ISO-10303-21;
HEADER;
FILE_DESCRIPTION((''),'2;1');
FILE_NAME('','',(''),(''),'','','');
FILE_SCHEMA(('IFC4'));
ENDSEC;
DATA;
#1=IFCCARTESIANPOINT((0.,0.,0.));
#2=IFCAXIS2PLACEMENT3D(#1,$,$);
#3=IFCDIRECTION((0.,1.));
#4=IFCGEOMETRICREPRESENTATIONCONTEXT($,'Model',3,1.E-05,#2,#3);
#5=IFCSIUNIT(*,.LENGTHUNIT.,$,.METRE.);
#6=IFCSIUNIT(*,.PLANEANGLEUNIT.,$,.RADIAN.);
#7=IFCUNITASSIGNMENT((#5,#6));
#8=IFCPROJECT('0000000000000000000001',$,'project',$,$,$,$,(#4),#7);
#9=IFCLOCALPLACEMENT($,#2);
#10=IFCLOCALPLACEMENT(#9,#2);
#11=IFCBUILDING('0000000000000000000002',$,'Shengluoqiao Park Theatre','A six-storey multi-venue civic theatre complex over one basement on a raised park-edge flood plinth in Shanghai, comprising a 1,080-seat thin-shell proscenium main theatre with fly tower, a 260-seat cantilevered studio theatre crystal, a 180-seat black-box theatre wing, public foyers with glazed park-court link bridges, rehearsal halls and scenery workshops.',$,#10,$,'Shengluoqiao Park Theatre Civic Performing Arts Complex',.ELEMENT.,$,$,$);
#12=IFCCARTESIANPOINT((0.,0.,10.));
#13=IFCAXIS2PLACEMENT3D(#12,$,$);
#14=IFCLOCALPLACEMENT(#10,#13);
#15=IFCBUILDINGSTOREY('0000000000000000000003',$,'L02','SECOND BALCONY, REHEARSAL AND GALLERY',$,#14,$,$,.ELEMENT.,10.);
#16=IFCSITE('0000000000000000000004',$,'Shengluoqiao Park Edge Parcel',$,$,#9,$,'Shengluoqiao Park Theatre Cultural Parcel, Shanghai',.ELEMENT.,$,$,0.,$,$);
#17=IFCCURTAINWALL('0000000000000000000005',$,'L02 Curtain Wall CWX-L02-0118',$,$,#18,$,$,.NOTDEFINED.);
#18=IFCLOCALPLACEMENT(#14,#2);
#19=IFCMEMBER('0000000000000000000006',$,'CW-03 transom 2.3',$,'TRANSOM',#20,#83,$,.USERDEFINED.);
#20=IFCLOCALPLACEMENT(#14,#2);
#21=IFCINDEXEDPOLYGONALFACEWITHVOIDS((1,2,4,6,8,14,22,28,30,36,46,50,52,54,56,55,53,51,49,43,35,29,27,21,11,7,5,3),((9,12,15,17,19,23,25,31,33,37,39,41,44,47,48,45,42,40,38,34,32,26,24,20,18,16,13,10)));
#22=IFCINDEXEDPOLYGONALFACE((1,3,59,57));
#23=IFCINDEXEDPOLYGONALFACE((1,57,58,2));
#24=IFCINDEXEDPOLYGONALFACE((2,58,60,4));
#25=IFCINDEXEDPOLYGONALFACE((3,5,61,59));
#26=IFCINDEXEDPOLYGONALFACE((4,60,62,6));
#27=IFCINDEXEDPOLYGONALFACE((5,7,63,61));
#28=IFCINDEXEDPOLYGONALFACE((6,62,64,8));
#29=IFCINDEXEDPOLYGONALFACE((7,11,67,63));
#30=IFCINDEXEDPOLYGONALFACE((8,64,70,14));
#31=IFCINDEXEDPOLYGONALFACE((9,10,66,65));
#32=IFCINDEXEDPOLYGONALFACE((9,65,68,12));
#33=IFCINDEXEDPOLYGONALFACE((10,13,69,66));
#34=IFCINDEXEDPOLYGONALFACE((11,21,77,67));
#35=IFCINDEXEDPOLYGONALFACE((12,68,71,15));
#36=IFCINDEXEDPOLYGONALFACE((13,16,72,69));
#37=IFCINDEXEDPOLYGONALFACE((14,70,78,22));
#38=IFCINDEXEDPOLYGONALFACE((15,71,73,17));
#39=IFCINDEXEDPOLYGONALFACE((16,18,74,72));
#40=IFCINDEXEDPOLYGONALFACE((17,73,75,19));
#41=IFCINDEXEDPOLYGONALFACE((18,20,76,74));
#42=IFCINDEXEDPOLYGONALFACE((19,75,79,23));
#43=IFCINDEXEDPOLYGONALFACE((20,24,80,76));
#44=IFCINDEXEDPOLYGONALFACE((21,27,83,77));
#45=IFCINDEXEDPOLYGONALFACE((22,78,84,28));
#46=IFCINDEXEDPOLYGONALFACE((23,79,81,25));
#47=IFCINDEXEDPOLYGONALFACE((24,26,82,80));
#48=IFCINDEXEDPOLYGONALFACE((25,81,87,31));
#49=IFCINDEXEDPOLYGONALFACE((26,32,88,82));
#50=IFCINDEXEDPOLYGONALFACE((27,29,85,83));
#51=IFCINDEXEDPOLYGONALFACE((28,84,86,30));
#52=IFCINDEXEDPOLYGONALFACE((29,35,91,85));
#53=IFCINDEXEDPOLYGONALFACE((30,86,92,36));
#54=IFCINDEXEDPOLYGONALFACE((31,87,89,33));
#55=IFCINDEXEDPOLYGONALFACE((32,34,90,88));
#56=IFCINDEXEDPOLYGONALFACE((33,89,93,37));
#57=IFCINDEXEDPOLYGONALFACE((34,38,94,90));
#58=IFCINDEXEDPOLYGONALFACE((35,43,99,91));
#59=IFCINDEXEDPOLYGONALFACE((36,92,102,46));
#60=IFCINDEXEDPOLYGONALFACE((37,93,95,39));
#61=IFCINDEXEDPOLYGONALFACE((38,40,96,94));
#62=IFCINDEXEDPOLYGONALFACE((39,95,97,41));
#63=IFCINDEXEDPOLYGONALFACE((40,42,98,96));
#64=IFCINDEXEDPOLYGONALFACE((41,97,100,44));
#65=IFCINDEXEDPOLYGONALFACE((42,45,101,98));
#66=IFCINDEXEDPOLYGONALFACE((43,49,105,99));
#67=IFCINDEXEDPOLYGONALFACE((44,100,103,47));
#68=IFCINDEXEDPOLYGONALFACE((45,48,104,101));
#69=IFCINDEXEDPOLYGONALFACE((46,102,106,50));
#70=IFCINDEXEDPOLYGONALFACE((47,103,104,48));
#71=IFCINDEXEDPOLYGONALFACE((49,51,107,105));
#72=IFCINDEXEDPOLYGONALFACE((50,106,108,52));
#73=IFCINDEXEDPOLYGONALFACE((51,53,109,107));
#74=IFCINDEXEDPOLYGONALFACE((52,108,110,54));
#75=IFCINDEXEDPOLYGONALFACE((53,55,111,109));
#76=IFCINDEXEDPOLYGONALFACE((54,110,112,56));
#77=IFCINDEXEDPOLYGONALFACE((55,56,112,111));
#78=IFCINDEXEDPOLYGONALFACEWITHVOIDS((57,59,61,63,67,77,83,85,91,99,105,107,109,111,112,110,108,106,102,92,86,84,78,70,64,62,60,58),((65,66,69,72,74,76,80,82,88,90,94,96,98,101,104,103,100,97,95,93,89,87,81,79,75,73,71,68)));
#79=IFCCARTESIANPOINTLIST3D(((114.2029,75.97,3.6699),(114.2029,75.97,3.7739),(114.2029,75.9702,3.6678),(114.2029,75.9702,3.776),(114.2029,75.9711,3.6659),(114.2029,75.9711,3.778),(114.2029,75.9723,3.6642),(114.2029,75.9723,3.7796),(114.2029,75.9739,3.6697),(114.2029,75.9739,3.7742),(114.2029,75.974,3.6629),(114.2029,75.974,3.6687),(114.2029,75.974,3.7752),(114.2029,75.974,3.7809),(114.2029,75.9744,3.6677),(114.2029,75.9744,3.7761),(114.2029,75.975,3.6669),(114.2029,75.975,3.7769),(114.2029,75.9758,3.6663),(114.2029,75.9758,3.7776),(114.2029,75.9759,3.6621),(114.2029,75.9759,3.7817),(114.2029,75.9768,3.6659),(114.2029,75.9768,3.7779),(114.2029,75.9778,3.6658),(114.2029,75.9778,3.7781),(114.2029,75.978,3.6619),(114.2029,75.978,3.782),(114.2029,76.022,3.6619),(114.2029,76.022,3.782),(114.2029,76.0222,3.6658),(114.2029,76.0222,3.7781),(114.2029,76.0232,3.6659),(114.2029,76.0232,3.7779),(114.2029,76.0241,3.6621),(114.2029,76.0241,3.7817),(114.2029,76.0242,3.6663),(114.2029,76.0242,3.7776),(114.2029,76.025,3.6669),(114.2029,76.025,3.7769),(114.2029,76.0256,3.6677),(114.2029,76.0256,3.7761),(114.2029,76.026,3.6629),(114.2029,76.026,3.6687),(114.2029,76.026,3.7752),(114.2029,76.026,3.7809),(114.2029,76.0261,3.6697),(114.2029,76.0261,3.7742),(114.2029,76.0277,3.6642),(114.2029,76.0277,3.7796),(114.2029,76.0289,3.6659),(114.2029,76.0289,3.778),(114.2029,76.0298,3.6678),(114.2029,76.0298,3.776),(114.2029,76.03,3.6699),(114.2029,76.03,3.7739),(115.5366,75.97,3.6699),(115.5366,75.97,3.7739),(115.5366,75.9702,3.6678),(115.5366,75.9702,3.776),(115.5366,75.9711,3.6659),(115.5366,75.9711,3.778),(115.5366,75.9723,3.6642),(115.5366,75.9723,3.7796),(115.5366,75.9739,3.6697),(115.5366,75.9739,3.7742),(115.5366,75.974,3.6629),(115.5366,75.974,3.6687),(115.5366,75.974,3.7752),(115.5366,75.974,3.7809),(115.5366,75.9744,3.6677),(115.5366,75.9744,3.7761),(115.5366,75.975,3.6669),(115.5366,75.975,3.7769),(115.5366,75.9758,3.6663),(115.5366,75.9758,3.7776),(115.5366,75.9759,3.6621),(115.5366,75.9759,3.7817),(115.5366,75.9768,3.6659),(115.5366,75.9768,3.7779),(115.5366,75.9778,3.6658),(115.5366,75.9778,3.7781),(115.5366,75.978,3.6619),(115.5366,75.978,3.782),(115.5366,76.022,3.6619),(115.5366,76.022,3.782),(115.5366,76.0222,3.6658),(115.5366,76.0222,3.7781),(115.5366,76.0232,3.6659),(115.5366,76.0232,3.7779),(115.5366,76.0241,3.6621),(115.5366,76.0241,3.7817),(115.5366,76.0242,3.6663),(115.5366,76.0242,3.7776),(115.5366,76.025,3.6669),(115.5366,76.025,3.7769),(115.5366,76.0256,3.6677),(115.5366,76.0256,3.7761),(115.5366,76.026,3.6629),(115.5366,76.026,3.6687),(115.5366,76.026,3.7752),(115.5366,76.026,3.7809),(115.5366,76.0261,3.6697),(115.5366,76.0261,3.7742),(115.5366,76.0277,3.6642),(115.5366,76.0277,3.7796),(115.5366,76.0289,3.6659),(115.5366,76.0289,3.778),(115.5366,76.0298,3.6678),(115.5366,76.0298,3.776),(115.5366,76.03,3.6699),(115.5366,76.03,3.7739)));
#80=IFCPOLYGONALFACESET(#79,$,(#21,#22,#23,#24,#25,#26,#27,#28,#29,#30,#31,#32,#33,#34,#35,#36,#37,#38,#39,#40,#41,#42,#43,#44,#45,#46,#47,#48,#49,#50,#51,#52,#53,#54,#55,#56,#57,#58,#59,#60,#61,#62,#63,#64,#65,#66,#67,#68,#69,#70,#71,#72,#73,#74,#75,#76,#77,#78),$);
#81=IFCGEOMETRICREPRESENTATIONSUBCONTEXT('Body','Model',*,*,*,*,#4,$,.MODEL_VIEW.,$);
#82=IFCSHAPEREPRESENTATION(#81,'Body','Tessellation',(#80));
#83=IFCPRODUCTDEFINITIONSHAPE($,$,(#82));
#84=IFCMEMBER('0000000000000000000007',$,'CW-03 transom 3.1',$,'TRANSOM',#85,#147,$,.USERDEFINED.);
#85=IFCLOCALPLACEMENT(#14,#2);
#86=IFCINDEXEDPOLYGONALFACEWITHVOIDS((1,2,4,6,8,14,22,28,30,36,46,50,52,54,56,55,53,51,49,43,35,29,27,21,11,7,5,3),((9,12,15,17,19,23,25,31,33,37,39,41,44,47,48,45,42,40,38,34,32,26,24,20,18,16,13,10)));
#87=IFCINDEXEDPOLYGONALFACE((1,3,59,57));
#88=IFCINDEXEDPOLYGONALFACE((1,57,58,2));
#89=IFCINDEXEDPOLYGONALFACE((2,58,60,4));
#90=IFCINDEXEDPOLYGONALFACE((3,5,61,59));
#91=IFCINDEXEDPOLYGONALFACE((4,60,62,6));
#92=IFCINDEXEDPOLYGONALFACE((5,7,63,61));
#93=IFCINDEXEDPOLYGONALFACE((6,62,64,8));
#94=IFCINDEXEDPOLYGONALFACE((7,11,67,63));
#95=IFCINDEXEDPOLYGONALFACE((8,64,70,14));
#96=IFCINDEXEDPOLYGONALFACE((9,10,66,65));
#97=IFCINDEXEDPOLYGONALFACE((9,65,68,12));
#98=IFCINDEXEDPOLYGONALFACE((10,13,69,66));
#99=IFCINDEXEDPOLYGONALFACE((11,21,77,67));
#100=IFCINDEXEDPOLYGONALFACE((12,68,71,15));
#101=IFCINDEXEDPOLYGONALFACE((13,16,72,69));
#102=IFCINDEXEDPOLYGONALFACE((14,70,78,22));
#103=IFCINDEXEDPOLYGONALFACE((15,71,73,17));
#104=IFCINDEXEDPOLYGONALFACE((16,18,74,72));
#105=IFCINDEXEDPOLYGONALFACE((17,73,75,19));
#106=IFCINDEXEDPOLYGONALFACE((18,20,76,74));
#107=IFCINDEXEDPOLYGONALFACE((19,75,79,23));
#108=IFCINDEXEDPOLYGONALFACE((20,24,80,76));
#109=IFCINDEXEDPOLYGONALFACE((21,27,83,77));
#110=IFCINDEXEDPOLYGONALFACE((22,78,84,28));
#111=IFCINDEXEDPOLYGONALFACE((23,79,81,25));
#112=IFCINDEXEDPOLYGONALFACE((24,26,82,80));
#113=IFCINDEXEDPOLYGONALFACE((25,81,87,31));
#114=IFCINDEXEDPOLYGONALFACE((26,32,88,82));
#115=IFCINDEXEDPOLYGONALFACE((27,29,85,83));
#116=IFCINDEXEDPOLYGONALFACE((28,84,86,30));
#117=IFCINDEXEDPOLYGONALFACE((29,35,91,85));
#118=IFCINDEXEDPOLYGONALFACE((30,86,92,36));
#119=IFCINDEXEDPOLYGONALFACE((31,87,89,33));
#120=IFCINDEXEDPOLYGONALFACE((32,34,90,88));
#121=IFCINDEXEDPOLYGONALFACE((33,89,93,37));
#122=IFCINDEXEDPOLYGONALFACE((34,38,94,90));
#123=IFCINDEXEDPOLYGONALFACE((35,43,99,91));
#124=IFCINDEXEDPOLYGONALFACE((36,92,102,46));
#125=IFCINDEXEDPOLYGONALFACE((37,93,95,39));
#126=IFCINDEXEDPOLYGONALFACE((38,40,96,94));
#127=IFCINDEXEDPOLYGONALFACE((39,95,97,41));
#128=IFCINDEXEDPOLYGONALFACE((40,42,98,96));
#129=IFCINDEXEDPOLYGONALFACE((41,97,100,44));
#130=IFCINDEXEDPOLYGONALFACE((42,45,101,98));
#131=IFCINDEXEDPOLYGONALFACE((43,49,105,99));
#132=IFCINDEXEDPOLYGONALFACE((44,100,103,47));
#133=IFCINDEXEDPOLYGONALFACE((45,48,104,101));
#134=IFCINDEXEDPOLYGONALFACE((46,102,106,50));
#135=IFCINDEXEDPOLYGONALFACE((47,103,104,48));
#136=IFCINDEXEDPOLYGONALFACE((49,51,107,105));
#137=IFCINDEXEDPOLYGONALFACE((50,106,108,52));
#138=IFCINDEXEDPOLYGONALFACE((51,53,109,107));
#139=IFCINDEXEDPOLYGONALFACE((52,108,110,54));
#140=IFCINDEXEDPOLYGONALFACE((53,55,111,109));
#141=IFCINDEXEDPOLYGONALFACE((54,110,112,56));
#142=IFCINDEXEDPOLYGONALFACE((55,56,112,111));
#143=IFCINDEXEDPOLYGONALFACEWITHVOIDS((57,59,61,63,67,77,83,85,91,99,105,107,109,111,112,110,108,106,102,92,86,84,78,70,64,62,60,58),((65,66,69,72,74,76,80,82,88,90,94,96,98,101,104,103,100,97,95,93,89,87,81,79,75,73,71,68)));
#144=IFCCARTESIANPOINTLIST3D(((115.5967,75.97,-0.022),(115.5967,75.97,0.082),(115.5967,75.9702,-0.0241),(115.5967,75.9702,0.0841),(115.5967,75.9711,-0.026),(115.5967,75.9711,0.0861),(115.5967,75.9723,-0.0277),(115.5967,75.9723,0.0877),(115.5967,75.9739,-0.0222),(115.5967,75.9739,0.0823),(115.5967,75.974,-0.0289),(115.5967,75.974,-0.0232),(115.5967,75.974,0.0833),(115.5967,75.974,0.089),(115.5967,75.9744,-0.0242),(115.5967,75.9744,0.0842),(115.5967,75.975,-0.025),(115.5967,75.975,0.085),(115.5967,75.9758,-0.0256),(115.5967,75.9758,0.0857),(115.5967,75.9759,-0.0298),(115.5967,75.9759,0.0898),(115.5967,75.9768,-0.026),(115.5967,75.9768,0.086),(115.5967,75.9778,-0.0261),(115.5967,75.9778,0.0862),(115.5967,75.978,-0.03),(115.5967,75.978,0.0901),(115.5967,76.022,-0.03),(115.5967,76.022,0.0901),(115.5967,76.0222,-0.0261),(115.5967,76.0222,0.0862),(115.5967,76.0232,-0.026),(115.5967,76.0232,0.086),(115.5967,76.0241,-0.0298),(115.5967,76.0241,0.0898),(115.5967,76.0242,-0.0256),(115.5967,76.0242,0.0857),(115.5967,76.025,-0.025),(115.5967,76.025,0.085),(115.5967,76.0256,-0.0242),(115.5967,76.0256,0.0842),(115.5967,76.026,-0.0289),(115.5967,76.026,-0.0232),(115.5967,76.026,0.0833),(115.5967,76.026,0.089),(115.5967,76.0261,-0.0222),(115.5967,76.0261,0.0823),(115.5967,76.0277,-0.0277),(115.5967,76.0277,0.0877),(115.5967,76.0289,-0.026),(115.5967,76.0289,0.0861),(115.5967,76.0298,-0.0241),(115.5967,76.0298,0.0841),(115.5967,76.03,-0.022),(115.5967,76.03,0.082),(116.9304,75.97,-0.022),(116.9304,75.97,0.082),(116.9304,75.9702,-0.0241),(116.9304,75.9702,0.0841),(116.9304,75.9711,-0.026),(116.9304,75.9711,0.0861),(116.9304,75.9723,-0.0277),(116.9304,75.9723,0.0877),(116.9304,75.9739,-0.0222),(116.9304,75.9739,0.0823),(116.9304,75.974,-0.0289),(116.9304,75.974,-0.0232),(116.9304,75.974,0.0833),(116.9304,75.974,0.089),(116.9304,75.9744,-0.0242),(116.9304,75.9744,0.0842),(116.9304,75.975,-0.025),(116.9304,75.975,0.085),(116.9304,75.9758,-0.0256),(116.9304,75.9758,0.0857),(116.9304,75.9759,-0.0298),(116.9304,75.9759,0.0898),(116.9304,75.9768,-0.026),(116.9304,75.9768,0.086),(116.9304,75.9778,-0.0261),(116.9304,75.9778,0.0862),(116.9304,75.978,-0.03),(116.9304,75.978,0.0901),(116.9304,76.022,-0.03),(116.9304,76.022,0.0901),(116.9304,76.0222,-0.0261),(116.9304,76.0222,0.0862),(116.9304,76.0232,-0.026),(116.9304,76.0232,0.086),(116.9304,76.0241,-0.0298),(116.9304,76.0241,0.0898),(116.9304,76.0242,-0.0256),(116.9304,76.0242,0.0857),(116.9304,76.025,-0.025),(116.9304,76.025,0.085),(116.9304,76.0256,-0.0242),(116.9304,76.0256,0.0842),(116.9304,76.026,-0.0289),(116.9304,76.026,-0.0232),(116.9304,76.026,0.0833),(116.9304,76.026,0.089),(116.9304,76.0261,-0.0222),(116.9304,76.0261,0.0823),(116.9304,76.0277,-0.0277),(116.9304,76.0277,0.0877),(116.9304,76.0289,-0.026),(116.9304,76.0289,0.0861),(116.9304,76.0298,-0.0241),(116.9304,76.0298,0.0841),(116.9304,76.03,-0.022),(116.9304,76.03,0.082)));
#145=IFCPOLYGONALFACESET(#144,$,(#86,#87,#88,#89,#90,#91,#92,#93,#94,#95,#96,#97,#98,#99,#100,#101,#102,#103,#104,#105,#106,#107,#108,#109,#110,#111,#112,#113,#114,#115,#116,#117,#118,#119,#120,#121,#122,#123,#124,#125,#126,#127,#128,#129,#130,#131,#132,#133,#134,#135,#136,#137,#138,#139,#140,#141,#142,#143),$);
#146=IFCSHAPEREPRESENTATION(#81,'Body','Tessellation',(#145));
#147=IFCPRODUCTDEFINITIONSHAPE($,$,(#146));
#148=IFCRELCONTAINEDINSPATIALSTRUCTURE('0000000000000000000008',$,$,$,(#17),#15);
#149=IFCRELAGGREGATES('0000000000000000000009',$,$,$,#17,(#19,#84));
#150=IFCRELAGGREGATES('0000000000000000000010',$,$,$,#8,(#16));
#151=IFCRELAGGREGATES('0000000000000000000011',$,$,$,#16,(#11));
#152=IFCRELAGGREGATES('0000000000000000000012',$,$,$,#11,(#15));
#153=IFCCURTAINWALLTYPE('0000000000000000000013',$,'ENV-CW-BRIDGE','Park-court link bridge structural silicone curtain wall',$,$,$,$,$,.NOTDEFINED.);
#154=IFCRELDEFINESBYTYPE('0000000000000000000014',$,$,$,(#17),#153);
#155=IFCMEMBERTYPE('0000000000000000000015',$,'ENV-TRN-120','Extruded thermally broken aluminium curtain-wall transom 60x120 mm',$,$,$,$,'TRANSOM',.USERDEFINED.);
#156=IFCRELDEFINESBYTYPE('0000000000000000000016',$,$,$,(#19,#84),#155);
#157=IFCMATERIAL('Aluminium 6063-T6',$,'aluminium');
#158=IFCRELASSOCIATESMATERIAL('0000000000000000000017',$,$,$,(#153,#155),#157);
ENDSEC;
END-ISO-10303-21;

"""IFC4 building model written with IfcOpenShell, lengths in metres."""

from ifc_helpers import new_model, si_unit, direction, frame, origin, origin_2d, place, context, subcontext, project, spatial, hollow_rectangle, extrude, material, material_profile, profile_set, type_object, element, aggregate, save


model = new_model("IFC4")

# Units and contexts
model_context = context("Model", 3, precision=1e-05, world=origin(), true_north=direction((0.0, 1.0)))
body_context = subcontext(model_context, "Body", "Model", "MODEL_VIEW")
ifc_project = project(units=[si_unit("LENGTHUNIT", "METRE"), si_unit("PLANEANGLEUNIT", "RADIAN")], contexts=[model_context])

# Site, building, storey
site_placement = place(None, origin())
site = spatial("IfcSite", under=ifc_project, at=site_placement, Name="Shengluoqiao Park Edge Parcel", LongName="Shengluoqiao Park Theatre Cultural Parcel, Shanghai", CompositionType="ELEMENT", RefElevation=0.0)
building_placement = place(site_placement, origin())
building = spatial("IfcBuilding", under=site, at=building_placement, Name="Shengluoqiao Park Theatre", Description="A six-storey multi-venue civic theatre complex over one basement on a raised park-edge flood plinth in Shanghai, comprising a 1,080-seat thin-shell proscenium main theatre with fly tower, a 260-seat cantilevered studio theatre crystal, a 180-seat black-box theatre wing, public foyers with glazed park-court link bridges, rehearsal halls and scenery workshops.", LongName="Shengluoqiao Park Theatre Civic Performing Arts Complex", CompositionType="ELEMENT")
storey_placement = place(building_placement, frame((0.0, 0.0, 10.0)))
storey = spatial("IfcBuildingStorey", under=building, at=storey_placement, Name="L02", Description="SECOND BALCONY, REHEARSAL AND GALLERY", CompositionType="ELEMENT", Elevation=10.0)

# Curtain wall, members
ifc_material_1 = material(Name="Aluminium 6063-T6", Category="aluminium")
curtain_wall_type = type_object("IfcCurtainWallType", Name="ENV-CW-BRIDGE", Description="Park-court link bridge structural silicone curtain wall", PredefinedType="NOTDEFINED", material=ifc_material_1)
curtain_wall_placement = place(storey_placement, origin())
curtain_wall = element("IfcCurtainWall", 1, at=curtain_wall_placement, inside=storey, type_object=curtain_wall_type, Name="L02 Curtain Wall CWX-L02-0118", PredefinedType="NOTDEFINED")
ifc_material_profile_1 = material_profile(ifc_material_1, hollow_rectangle(XDim=0.0601, YDim=0.1201, WallThickness=0.0039, InnerFilletRadius=0.0039, OuterFilletRadius=0.0081, at=origin_2d()), Name="ALU TRANSOM 120x60x4")
ifc_profile_set_1 = profile_set([ifc_material_profile_1], Name="Aluminium 6063-T6")
member_type_1 = type_object("IfcMemberType", Name="ENV-TRN-120", Description="Extruded thermally broken aluminium curtain-wall transom 60x120 mm", ElementType="TRANSOM", PredefinedType="USERDEFINED", material=ifc_profile_set_1)
member_1_placement = place(storey_placement, frame((114.2029, 76.0, 3.7219), z_axis=(1.0, 0.0, 0.0), x_axis=(0.0, 1.0, 0.0)))
member_1 = element("IfcMember", 2, at=member_1_placement, type_object=member_type_1, Name="CW-03 transom 2.3", ObjectType="TRANSOM", PredefinedType="USERDEFINED", context=body_context, shape_type="SweptSolid", body=[
    extrude(hollow_rectangle(XDim=0.0601, YDim=0.1201, WallThickness=0.0039, InnerFilletRadius=0.0039, OuterFilletRadius=0.0081, at=origin_2d()), origin(), (0.0, 0.0, 1.0), 1.3337),
])
member_2_placement = place(storey_placement, frame((115.5967, 76.0, 0.03), z_axis=(1.0, 0.0, 0.0), x_axis=(0.0, 1.0, 0.0)))
member_2 = element("IfcMember", 3, at=member_2_placement, type_object=member_type_1, Name="CW-03 transom 3.1", ObjectType="TRANSOM", PredefinedType="USERDEFINED", context=body_context, shape_type="SweptSolid", body=[
    extrude(hollow_rectangle(XDim=0.0601, YDim=0.1201, WallThickness=0.0039, InnerFilletRadius=0.0039, OuterFilletRadius=0.0081, at=origin_2d()), origin(), (0.0, 0.0, 1.0), 1.3337),
])
aggregate(curtain_wall, [member_1, member_2])

save(model, "model.ifc")
